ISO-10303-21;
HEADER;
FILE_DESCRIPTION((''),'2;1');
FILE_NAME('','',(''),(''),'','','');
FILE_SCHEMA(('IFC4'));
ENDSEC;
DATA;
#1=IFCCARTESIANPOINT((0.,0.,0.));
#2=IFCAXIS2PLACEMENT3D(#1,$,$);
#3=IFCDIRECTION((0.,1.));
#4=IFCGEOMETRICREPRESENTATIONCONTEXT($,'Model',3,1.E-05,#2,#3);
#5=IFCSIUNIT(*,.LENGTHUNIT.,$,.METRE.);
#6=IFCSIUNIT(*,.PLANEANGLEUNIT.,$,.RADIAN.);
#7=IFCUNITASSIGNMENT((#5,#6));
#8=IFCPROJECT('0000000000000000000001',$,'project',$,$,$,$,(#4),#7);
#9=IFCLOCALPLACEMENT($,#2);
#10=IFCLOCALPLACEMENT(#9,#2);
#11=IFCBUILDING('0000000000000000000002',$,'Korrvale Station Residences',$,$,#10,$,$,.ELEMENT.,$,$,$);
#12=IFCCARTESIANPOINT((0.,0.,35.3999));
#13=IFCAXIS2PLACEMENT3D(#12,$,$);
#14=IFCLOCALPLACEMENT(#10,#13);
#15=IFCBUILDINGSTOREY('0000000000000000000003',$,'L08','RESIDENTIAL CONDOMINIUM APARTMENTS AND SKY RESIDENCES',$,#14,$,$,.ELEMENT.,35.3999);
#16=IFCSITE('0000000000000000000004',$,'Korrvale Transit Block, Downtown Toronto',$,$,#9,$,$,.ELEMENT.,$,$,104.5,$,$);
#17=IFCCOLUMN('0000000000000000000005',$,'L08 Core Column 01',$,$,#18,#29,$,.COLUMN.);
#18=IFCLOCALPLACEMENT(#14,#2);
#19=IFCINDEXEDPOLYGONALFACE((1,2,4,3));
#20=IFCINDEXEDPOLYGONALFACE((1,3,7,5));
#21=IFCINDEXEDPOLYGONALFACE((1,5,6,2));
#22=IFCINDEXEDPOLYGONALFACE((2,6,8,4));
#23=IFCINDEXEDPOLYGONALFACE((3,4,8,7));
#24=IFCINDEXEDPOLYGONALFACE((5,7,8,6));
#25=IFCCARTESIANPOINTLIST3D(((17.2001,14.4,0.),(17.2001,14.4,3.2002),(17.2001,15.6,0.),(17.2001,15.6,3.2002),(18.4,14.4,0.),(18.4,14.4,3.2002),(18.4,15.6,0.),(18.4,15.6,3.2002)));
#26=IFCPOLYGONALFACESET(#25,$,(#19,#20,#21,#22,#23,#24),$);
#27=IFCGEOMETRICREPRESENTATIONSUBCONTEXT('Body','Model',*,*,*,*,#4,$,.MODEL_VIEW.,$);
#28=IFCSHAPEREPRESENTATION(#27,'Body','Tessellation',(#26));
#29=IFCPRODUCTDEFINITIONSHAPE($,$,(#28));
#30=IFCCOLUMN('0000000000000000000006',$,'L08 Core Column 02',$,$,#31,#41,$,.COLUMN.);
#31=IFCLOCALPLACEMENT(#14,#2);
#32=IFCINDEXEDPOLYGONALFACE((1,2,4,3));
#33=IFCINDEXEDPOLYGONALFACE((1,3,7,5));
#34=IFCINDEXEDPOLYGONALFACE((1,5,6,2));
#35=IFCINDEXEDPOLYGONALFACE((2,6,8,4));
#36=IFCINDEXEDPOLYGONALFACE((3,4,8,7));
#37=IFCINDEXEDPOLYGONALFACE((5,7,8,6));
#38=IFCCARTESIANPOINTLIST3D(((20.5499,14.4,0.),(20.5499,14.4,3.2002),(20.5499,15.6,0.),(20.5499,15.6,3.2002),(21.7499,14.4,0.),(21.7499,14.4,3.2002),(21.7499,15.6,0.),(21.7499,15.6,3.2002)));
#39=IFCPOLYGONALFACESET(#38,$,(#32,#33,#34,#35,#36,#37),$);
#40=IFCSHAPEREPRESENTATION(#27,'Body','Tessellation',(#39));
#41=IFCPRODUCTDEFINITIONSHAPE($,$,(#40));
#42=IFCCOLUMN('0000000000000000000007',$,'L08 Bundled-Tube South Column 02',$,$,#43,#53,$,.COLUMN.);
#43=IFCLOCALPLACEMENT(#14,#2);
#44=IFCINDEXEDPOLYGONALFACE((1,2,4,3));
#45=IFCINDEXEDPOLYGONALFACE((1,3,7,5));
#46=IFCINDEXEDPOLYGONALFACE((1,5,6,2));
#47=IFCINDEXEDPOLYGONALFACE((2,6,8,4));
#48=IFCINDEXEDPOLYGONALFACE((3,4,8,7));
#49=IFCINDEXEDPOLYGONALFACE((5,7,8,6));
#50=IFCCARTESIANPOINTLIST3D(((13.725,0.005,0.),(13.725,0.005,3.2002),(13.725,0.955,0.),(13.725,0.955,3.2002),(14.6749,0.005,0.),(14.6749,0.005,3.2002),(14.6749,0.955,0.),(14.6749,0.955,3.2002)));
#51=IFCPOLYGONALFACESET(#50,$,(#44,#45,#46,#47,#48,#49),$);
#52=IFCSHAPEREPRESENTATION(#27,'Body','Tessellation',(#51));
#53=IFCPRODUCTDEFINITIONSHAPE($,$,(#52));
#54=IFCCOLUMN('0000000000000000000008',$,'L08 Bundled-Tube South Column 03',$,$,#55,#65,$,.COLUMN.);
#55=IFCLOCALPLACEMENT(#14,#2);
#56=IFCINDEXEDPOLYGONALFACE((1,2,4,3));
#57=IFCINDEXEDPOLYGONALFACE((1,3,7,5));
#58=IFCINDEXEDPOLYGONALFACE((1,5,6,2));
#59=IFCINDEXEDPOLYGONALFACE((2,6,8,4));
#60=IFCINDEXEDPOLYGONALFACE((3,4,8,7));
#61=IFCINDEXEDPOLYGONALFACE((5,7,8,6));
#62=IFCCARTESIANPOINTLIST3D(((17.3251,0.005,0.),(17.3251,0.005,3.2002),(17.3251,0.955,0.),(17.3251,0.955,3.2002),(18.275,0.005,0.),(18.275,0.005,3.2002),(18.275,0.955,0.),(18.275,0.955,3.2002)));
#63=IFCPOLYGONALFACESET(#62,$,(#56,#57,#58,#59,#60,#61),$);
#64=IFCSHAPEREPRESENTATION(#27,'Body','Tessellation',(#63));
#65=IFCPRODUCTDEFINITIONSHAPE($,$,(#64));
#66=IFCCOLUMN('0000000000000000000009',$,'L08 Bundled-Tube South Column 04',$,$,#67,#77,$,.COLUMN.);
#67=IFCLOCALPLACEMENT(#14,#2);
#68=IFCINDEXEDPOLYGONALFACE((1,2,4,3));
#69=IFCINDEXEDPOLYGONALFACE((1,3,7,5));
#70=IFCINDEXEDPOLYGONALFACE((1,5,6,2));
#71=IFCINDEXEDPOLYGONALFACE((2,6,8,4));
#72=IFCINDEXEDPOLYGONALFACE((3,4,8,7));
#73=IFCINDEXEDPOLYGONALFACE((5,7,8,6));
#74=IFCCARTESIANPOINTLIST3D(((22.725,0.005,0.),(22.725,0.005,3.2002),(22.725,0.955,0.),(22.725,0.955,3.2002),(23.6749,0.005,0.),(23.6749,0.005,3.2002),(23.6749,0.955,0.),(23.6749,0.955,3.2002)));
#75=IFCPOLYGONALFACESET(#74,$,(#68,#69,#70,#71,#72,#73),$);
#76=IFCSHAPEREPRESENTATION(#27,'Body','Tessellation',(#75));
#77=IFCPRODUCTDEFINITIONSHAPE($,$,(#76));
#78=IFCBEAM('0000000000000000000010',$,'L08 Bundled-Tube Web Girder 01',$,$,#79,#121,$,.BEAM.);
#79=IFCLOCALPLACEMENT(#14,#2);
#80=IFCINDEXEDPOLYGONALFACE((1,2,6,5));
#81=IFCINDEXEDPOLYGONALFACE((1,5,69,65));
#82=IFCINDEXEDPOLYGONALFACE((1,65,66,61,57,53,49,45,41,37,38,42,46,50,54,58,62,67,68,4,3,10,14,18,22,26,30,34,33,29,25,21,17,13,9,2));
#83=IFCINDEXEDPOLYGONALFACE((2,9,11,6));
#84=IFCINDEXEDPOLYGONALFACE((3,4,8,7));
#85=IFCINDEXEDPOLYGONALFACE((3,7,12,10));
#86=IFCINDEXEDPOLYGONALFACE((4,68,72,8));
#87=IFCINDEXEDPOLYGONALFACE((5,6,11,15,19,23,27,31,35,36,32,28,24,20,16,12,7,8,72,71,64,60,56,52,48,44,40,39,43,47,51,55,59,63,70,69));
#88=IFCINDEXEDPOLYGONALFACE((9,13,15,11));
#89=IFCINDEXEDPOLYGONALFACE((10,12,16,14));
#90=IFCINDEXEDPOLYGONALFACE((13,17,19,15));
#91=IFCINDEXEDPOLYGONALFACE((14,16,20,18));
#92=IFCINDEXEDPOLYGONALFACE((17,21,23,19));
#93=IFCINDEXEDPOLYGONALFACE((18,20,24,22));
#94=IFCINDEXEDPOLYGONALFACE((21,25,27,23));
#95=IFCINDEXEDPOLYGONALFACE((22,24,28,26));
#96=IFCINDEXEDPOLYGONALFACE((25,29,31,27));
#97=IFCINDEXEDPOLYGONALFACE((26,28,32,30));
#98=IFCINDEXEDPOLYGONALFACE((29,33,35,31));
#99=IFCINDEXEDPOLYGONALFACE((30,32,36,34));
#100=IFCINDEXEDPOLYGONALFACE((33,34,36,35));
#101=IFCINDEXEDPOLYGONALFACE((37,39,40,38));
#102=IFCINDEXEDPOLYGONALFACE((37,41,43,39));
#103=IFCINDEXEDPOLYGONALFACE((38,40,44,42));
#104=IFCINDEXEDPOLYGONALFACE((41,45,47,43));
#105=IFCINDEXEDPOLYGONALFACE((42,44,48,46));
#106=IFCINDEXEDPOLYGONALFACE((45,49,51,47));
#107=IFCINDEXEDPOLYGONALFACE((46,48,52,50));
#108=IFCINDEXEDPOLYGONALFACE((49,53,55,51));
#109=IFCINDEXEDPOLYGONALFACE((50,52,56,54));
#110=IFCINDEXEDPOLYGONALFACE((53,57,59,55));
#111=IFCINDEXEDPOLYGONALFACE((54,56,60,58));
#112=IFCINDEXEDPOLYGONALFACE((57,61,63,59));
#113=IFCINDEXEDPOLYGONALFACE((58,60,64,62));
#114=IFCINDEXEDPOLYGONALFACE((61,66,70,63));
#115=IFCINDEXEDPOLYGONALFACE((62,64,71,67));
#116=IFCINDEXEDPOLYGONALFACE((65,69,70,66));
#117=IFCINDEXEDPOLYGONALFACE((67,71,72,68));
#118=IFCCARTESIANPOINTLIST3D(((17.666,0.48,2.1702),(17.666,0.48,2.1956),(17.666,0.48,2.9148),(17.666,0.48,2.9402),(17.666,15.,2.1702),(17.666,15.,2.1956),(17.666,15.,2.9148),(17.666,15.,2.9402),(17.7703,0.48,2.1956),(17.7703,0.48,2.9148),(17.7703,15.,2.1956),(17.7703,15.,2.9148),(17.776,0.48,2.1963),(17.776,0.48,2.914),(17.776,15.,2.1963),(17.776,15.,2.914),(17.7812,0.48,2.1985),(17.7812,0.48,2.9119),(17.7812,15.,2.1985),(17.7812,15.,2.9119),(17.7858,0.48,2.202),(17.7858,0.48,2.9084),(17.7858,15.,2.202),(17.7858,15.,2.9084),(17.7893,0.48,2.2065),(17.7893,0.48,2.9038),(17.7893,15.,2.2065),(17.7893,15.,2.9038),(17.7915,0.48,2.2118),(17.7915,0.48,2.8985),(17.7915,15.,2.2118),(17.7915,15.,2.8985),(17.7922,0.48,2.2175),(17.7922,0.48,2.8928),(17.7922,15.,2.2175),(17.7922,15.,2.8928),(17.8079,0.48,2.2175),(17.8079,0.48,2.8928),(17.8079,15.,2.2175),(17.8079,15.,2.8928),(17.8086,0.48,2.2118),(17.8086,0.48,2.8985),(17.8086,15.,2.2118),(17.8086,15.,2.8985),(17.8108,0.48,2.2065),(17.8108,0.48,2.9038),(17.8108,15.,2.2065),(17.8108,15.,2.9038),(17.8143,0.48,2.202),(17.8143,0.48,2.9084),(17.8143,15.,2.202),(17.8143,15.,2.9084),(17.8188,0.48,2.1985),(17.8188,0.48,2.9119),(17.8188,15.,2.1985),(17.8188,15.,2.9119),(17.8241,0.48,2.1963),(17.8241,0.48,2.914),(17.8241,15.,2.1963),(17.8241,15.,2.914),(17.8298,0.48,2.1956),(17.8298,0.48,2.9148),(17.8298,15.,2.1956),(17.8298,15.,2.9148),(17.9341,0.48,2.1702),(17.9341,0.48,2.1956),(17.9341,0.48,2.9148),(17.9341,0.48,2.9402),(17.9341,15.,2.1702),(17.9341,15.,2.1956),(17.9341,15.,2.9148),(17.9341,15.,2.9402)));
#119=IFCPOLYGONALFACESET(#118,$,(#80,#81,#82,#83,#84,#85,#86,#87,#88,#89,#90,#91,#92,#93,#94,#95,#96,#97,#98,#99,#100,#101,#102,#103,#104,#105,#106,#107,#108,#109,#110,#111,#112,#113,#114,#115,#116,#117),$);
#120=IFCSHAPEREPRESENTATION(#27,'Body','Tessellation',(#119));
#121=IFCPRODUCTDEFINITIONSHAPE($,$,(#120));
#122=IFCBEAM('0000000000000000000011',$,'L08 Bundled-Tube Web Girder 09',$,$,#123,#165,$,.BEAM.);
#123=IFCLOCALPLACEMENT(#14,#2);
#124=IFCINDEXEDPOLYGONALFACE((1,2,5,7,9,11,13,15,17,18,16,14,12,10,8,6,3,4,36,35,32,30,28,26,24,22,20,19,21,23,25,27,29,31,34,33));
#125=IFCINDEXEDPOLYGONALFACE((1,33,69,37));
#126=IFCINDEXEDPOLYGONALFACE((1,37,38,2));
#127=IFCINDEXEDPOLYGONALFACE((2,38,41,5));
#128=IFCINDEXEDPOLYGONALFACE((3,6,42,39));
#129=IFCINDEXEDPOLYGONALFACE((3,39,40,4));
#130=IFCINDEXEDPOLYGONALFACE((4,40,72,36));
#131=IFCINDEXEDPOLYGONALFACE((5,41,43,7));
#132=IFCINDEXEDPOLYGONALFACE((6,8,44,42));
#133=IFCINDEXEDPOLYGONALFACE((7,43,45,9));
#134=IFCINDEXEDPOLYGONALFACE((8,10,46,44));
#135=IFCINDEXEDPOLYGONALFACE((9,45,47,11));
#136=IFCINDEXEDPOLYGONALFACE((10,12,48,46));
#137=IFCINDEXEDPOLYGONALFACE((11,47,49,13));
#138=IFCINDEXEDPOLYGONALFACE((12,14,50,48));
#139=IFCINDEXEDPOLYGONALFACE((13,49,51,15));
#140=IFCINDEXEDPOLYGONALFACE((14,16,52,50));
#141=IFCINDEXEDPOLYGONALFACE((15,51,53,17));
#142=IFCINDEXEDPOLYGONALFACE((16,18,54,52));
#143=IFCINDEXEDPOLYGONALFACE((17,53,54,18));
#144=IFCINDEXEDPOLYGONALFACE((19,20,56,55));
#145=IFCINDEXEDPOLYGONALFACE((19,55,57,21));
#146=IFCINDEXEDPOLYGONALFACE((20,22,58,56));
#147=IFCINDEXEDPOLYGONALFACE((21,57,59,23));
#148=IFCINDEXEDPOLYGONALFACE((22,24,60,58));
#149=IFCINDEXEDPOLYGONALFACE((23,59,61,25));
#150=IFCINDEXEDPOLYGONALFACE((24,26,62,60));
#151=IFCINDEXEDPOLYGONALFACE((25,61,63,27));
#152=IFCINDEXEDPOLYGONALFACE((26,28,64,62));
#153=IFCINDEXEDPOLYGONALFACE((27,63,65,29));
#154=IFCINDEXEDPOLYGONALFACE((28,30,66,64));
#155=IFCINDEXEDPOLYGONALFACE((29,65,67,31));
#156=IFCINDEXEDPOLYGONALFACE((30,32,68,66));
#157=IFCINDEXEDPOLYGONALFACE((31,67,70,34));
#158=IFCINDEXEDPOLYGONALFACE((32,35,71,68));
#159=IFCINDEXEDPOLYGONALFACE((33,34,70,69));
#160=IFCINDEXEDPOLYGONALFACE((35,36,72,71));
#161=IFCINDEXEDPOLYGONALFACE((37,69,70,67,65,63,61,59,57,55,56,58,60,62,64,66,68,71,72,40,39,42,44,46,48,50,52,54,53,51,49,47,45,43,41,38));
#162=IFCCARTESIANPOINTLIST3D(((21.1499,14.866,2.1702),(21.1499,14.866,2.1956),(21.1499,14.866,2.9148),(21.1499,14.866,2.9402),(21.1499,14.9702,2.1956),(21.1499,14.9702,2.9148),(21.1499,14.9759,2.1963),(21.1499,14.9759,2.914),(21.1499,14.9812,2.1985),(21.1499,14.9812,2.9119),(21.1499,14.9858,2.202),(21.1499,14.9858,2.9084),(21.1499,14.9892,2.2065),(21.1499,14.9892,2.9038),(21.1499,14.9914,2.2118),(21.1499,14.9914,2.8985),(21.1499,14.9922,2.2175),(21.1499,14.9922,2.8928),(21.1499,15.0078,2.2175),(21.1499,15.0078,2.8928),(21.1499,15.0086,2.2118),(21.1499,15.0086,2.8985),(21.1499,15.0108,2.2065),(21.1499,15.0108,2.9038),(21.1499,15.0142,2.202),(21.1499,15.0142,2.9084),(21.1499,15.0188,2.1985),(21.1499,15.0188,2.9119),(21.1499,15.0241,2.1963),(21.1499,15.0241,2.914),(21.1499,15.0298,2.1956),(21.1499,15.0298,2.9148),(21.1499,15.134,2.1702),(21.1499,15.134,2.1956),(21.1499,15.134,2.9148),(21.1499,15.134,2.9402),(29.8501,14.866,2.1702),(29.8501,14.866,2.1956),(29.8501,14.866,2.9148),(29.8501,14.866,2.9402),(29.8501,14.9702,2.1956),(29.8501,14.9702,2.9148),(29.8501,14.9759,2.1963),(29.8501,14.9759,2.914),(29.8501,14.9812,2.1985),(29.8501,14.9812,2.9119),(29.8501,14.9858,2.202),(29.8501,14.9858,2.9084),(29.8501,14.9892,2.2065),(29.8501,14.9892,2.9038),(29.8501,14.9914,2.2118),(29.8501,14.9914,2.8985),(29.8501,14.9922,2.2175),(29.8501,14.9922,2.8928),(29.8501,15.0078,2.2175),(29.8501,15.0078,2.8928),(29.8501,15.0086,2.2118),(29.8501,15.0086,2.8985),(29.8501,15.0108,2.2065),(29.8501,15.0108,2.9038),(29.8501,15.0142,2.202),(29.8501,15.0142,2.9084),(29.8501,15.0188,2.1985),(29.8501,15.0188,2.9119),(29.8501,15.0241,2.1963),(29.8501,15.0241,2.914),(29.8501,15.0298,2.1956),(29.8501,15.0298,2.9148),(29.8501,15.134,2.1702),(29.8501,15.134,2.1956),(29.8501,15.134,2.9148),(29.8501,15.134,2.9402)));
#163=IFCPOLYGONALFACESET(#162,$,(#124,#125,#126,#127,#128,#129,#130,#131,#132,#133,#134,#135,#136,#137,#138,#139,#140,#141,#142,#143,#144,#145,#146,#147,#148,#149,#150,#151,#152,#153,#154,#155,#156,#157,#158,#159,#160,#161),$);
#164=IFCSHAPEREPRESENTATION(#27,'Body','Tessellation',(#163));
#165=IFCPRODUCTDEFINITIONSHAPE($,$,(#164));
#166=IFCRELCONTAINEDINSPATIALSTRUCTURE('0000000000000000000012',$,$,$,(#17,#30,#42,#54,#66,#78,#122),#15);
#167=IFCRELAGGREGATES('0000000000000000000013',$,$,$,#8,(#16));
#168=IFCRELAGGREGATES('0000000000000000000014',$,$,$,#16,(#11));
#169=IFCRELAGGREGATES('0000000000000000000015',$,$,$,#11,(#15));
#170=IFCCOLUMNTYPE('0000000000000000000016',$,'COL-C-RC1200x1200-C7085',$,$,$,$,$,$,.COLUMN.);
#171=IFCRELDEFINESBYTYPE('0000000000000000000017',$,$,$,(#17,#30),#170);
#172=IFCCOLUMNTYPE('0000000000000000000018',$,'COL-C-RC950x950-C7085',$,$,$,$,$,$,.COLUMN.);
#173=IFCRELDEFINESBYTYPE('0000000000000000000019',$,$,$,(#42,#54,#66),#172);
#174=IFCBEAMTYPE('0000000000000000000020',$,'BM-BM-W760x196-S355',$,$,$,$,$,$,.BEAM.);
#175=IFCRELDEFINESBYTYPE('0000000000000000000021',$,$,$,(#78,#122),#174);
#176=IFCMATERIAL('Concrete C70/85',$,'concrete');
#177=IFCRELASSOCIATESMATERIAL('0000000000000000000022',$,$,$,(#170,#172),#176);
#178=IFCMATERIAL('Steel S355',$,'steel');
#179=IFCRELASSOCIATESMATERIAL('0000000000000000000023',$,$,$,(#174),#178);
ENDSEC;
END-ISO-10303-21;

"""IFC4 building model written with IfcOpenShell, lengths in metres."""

from ifc_helpers import new_model, si_unit, direction, frame, origin, origin_2d, place, context, subcontext, project, spatial, rectangle, i_section, extrude, material, material_profile, profile_set, type_object, element, save


model = new_model("IFC4")

# Units and contexts
model_context = context("Model", 3, precision=1e-05, world=origin(), true_north=direction((0.0, 1.0)))
body_context = subcontext(model_context, "Body", "Model", "MODEL_VIEW")
ifc_project = project(units=[si_unit("LENGTHUNIT", "METRE"), si_unit("PLANEANGLEUNIT", "RADIAN")], contexts=[model_context])

# Site, building, storey
site_placement = place(None, origin())
site = spatial("IfcSite", under=ifc_project, at=site_placement, Name="Korrvale Transit Block, Downtown Toronto", CompositionType="ELEMENT", RefElevation=104.5)
building_placement = place(site_placement, origin())
building = spatial("IfcBuilding", under=site, at=building_placement, Name="Korrvale Station Residences", CompositionType="ELEMENT")
storey_placement = place(building_placement, frame((0.0, 0.0, 35.3999)))
storey = spatial("IfcBuildingStorey", under=building, at=storey_placement, Name="L08", Description="RESIDENTIAL CONDOMINIUM APARTMENTS AND SKY RESIDENCES", CompositionType="ELEMENT", Elevation=35.3999)

# Columns
ifc_material_1 = material(Name="Concrete C70/85", Category="concrete")
ifc_material_profile_1 = material_profile(ifc_material_1, rectangle(XDim=1.2, YDim=1.2, at=origin_2d()), Name="RC1200x1200")
ifc_profile_set_1 = profile_set([ifc_material_profile_1], Name="Concrete C70/85")
column_type_1 = type_object("IfcColumnType", Name="COL-C-RC1200x1200-C7085", PredefinedType="COLUMN", material=ifc_profile_set_1)
for number, where, z_axis, x_axis, name in (
    (1, (17.8, 15.0, 0.0), (0.0, 0.0, 1.0), (1.0, 0.0, 0.0), "L08 Core Column 01"),
    (2, (21.1499, 15.0, 0.0), (0.0, 0.0, 1.0), (1.0, 0.0, 0.0), "L08 Core Column 02"),
):
    element("IfcColumn", number, at=place(storey_placement, frame(where, z_axis=z_axis, x_axis=x_axis)), inside=storey, type_object=column_type_1, Name=name, PredefinedType="COLUMN", context=body_context, shape_type="SweptSolid", body=[
        extrude(rectangle(XDim=1.2, YDim=1.2, at=origin_2d()), origin(), (0.0, 0.0, 1.0), 3.2002),
    ])
ifc_material_profile_2 = material_profile(ifc_material_1, rectangle(XDim=0.95, YDim=0.95, at=origin_2d()), Name="RC950x950")
ifc_profile_set_2 = profile_set([ifc_material_profile_2], Name="Concrete C70/85")
column_type_2 = type_object("IfcColumnType", Name="COL-C-RC950x950-C7085", PredefinedType="COLUMN", material=ifc_profile_set_2)
for number, where, z_axis, x_axis, name in (
    (3, (14.2, 0.48, 0.0), (0.0, 0.0, 1.0), (1.0, 0.0, 0.0), "L08 Bundled-Tube South Column 02"),
    (4, (17.8, 0.48, 0.0), (0.0, 0.0, 1.0), (1.0, 0.0, 0.0), "L08 Bundled-Tube South Column 03"),
    (5, (23.2, 0.48, 0.0), (0.0, 0.0, 1.0), (1.0, 0.0, 0.0), "L08 Bundled-Tube South Column 04"),
):
    element("IfcColumn", number, at=place(storey_placement, frame(where, z_axis=z_axis, x_axis=x_axis)), inside=storey, type_object=column_type_2, Name=name, PredefinedType="COLUMN", context=body_context, shape_type="SweptSolid", body=[
        extrude(rectangle(XDim=0.95, YDim=0.95, at=origin_2d()), origin(), (0.0, 0.0, 1.0), 3.2002),
    ])

# Beams
ifc_material_2 = material(Name="Steel S355", Category="steel")
ifc_material_profile_3 = material_profile(ifc_material_2, i_section(OverallWidth=0.2681, OverallDepth=0.77, WebThickness=0.0156, FlangeThickness=0.0254, FilletRadius=0.022, at=origin_2d()), Name="W760x196")
ifc_profile_set_3 = profile_set([ifc_material_profile_3], Name="Steel S355")
beam_type_1 = type_object("IfcBeamType", Name="BM-BM-W760x196-S355", PredefinedType="BEAM", material=ifc_profile_set_3)
beam_1_placement = place(storey_placement, frame((17.8, 0.48, 2.5552), z_axis=(0.0, 1.0, 0.0), x_axis=(-1.0, 0.0, 0.0)))
element("IfcBeam", 6, at=beam_1_placement, inside=storey, type_object=beam_type_1, Name="L08 Bundled-Tube Web Girder 01", PredefinedType="BEAM", context=body_context, shape_type="SweptSolid", body=[
    extrude(i_section(OverallWidth=0.2681, OverallDepth=0.77, WebThickness=0.0156, FlangeThickness=0.0254, FilletRadius=0.022, at=origin_2d()), origin(), (0.0, 0.0, 1.0), 14.52),
])
beam_2_placement = place(storey_placement, frame((21.1499, 15.0, 2.5552), z_axis=(1.0, 0.0, 0.0), x_axis=(0.0, 1.0, 0.0)))
element("IfcBeam", 7, at=beam_2_placement, inside=storey, type_object=beam_type_1, Name="L08 Bundled-Tube Web Girder 09", PredefinedType="BEAM", context=body_context, shape_type="SweptSolid", body=[
    extrude(i_section(OverallWidth=0.2681, OverallDepth=0.77, WebThickness=0.0156, FlangeThickness=0.0254, FilletRadius=0.022, at=origin_2d()), origin(), (0.0, 0.0, 1.0), 8.7002),
])

save(model, "model.ifc")
